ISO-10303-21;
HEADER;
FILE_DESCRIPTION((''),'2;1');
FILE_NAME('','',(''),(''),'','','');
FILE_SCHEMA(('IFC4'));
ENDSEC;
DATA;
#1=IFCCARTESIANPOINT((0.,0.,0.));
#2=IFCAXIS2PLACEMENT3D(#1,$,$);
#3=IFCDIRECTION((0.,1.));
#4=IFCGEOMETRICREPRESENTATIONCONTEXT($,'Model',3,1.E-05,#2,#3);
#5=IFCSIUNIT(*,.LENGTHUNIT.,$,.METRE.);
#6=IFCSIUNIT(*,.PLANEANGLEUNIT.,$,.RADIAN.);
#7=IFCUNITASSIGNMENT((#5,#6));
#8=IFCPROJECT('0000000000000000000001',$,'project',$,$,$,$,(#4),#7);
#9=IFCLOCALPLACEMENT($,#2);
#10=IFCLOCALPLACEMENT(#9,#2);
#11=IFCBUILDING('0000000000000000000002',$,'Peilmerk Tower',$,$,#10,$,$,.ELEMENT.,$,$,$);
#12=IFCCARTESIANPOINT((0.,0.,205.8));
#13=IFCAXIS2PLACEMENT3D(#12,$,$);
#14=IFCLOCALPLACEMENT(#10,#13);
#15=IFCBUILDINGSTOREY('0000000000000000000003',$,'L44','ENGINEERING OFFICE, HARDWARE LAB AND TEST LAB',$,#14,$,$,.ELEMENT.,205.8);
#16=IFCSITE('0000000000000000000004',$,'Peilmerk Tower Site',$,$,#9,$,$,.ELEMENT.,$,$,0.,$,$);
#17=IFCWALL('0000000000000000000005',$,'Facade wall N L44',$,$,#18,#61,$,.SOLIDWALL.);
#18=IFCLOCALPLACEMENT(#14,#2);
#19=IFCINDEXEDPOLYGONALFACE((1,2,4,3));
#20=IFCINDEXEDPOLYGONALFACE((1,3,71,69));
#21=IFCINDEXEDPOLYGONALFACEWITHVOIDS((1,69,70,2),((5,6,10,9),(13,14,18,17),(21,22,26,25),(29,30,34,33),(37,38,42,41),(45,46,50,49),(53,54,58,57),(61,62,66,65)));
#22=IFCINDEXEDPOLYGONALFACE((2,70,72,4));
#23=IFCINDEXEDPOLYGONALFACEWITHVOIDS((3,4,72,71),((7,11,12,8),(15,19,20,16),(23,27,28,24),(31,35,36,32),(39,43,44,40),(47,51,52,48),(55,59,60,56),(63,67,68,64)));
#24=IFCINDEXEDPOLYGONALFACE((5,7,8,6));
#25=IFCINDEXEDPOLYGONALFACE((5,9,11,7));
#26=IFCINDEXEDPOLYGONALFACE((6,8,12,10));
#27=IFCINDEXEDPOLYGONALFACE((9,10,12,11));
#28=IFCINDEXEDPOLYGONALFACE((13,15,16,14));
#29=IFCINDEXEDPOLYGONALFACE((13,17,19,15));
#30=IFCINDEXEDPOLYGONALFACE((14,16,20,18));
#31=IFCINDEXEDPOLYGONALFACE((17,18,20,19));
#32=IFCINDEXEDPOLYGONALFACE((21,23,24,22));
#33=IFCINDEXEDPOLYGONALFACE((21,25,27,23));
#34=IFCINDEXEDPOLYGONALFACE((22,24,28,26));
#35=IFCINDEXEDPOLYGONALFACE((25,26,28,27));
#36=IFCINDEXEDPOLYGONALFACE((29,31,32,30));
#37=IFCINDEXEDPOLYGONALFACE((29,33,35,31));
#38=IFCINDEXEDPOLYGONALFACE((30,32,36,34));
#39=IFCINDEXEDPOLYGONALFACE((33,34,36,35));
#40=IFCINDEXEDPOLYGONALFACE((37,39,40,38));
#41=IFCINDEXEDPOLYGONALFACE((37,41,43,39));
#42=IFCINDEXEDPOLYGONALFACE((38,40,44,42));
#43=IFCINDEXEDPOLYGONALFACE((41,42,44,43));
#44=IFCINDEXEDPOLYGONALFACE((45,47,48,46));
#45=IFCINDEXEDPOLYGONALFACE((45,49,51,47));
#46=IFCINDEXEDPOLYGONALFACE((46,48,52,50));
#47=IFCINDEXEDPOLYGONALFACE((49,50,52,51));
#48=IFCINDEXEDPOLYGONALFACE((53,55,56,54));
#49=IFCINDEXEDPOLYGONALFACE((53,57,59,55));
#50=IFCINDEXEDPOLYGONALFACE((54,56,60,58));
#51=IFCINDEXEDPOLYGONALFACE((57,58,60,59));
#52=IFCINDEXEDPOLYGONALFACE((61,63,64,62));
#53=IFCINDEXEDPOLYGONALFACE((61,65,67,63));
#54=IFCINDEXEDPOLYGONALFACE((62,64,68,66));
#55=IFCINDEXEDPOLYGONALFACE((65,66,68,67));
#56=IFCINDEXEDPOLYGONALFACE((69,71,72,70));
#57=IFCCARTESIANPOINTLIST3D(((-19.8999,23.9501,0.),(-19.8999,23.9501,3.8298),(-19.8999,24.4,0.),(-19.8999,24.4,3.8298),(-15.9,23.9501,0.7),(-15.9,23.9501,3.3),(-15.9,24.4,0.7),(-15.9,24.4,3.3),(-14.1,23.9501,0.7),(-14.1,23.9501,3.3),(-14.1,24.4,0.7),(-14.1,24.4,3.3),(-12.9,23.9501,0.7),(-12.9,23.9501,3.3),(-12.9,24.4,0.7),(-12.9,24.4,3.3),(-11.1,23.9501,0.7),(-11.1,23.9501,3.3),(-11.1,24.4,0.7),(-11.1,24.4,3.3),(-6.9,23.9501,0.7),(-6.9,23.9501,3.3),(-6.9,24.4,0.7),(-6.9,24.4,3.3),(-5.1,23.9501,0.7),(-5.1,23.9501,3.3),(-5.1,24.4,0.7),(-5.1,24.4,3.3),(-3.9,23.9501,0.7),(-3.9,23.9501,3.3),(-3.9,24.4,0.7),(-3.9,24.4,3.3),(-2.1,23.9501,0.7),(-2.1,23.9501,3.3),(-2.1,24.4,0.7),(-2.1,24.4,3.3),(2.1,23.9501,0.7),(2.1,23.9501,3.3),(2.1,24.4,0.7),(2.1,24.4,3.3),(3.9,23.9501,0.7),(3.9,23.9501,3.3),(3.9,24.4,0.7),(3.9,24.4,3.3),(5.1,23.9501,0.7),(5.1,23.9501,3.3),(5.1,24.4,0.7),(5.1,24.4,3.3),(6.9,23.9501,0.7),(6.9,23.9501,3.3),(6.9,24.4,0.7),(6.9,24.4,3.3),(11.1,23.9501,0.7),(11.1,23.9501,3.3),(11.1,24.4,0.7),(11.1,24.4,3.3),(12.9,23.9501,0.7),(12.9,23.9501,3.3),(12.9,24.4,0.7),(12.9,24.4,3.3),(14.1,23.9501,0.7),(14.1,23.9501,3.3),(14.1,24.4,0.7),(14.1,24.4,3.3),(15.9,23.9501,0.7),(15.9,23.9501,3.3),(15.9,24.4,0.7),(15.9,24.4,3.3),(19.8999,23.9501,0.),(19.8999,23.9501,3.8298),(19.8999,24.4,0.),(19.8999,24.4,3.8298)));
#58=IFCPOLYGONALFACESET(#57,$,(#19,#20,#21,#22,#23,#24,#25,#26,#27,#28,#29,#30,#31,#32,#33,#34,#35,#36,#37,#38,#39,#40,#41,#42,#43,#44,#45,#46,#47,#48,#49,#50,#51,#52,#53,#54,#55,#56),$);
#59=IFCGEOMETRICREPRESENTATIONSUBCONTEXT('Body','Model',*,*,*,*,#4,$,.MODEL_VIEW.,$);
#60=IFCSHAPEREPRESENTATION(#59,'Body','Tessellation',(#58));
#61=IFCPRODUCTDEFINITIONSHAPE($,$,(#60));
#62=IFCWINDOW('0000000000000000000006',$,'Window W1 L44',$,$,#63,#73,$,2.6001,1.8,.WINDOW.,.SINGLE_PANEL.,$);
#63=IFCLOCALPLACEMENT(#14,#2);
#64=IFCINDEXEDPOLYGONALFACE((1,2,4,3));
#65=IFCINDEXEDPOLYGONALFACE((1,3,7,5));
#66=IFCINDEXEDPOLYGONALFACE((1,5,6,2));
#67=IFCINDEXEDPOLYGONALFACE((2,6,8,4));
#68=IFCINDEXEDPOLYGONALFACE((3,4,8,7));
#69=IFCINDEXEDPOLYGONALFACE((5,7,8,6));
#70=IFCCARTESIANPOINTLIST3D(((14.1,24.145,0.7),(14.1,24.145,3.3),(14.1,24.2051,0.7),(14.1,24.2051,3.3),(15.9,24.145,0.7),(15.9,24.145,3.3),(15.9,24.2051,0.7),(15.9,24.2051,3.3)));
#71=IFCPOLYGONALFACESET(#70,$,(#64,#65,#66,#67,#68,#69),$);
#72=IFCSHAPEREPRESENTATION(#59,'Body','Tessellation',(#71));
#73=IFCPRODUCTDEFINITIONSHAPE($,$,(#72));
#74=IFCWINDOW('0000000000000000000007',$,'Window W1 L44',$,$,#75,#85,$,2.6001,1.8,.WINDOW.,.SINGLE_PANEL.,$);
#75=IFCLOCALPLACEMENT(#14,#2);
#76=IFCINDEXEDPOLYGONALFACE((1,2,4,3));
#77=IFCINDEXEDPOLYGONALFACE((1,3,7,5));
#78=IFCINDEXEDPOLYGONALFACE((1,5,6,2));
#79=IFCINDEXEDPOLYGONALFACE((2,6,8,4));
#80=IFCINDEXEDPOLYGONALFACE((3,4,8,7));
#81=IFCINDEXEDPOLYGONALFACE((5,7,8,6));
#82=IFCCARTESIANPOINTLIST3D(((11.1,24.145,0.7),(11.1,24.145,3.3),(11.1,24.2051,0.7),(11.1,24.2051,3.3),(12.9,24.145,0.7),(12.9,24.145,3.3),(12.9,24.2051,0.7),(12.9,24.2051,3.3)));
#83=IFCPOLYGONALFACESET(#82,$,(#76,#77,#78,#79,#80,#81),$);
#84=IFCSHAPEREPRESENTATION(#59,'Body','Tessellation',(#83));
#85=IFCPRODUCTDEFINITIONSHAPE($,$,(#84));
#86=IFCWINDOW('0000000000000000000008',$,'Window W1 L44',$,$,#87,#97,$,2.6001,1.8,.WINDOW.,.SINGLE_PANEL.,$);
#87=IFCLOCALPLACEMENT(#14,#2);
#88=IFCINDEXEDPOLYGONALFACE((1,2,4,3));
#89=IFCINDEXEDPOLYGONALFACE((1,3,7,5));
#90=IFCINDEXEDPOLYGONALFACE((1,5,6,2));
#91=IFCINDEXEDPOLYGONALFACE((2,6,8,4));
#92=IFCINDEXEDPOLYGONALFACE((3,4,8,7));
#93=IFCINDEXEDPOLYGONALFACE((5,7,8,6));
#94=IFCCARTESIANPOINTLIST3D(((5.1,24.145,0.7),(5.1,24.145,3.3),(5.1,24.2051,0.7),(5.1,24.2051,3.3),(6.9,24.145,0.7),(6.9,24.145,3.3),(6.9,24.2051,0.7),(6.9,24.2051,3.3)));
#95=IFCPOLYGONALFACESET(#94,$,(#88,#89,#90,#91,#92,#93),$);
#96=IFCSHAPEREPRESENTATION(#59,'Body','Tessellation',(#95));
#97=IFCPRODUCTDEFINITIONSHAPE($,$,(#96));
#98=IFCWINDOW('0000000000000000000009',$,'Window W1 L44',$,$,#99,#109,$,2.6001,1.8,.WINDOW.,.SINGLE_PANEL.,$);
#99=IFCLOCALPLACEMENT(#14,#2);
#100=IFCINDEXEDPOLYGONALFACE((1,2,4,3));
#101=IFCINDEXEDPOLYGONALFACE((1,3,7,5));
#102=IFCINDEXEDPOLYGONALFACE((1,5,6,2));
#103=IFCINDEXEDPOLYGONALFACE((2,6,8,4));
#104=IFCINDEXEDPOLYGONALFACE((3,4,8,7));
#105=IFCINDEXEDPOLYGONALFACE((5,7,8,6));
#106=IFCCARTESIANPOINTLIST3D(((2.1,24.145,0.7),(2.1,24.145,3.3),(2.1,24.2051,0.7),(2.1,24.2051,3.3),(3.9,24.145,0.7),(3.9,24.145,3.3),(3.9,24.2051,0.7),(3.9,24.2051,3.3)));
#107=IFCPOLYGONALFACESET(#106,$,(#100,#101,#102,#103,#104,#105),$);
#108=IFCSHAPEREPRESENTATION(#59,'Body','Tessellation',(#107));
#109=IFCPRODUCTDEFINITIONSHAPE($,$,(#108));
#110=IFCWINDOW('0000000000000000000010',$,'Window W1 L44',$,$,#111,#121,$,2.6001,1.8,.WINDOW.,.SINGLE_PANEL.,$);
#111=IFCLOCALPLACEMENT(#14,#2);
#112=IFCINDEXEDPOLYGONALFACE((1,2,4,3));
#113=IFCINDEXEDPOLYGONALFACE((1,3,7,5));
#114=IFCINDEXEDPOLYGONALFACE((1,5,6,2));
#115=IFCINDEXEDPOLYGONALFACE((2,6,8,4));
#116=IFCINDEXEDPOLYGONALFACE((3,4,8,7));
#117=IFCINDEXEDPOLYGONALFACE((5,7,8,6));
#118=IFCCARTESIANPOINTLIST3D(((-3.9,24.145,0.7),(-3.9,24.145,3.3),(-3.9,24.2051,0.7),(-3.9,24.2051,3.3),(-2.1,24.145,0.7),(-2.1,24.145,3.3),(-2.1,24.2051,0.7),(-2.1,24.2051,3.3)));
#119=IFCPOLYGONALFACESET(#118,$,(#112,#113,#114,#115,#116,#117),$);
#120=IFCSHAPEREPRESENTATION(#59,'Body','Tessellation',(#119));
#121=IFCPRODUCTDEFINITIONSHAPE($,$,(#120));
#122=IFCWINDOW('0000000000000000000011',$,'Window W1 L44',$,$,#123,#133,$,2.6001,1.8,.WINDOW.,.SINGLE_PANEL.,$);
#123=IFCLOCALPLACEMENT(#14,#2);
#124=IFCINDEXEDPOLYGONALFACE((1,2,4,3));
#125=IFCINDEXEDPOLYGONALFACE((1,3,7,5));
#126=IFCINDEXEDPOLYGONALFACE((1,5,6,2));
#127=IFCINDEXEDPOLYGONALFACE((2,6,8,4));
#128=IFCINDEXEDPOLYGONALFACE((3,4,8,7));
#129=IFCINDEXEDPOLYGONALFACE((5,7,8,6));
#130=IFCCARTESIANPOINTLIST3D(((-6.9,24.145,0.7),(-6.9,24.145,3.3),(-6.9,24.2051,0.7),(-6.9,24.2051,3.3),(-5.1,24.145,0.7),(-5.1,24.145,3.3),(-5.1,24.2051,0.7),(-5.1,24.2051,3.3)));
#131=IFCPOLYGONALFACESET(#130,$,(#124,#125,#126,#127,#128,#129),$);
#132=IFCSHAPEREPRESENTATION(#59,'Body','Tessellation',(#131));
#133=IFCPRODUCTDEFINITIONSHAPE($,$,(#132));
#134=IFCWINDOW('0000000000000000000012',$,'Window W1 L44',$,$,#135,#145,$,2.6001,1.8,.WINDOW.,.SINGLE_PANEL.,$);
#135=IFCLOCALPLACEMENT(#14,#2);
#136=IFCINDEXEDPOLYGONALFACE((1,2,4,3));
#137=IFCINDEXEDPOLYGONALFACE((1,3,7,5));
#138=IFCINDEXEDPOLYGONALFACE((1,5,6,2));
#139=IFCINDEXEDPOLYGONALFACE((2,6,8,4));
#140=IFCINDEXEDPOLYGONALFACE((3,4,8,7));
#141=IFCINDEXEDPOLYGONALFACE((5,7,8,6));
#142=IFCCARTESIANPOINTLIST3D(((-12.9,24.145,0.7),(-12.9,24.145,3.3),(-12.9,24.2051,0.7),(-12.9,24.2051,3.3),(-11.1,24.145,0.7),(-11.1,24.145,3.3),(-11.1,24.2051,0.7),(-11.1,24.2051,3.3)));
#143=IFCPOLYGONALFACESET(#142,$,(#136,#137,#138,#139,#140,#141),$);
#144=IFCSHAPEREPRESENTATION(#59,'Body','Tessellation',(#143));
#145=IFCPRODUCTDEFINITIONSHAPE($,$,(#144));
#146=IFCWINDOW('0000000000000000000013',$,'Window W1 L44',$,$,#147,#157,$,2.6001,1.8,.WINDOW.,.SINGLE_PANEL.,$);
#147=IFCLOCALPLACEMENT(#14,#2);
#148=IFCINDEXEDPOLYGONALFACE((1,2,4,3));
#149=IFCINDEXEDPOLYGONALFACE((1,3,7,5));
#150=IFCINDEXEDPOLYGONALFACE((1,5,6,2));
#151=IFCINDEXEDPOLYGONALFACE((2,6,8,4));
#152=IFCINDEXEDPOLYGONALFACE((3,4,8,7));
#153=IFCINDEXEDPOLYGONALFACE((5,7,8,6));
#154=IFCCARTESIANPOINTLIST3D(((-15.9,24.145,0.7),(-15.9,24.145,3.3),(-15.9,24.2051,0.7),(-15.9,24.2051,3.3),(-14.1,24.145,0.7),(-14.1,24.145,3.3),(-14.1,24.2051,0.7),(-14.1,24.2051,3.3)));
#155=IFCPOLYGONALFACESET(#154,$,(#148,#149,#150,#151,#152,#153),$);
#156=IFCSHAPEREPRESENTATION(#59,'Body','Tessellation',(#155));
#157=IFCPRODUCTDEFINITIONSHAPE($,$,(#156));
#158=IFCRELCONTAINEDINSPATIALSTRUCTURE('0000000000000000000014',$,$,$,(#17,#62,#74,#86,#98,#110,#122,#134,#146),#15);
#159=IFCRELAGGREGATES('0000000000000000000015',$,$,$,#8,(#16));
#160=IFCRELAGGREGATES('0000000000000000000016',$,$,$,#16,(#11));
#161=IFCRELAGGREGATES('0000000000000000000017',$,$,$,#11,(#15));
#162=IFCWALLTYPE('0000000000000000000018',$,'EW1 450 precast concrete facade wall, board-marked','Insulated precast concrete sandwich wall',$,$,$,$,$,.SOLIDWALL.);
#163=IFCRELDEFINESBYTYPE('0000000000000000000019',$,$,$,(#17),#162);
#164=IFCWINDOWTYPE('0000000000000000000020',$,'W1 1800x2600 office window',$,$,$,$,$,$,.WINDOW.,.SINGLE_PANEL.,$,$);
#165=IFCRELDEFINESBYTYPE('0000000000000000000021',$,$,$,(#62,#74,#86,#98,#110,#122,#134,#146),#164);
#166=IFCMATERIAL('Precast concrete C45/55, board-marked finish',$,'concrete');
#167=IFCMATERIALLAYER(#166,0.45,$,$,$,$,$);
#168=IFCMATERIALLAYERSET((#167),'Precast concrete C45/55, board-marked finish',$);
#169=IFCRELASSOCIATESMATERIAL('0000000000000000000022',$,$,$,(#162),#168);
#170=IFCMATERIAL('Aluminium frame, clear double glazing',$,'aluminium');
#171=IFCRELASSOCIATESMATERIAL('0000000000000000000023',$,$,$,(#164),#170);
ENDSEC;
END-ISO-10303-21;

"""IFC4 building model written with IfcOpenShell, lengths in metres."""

from ifc_helpers import new_model, si_unit, direction, frame, frame_2d, origin, place, context, subcontext, project, spatial, rectangle, extrude, material, layer, layer_set, type_object, element, fill, save


model = new_model("IFC4")

# Units and contexts
model_context = context("Model", 3, precision=1e-05, world=origin(), true_north=direction((0.0, 1.0)))
body_context = subcontext(model_context, "Body", "Model", "MODEL_VIEW")
ifc_project = project(units=[si_unit("LENGTHUNIT", "METRE"), si_unit("PLANEANGLEUNIT", "RADIAN")], contexts=[model_context])

# Site, building, storey
site_placement = place(None, origin())
site = spatial("IfcSite", under=ifc_project, at=site_placement, Name="Peilmerk Tower Site", CompositionType="ELEMENT", RefElevation=0.0)
building_placement = place(site_placement, origin())
building = spatial("IfcBuilding", under=site, at=building_placement, Name="Peilmerk Tower", CompositionType="ELEMENT")
storey_placement = place(building_placement, frame((0.0, 0.0, 205.8)))
storey = spatial("IfcBuildingStorey", under=building, at=storey_placement, Name="L44", Description="ENGINEERING OFFICE, HARDWARE LAB AND TEST LAB", CompositionType="ELEMENT", Elevation=205.8)

# Wall, openings, windows
ifc_material_1 = material(Name="Precast concrete C45/55, board-marked finish", Category="concrete")
ifc_layer_1 = layer(ifc_material_1, 0.45)
ifc_layer_set_1 = layer_set([ifc_layer_1], Name="Precast concrete C45/55, board-marked finish")
wall_type = type_object("IfcWallType", Name="EW1 450 precast concrete facade wall, board-marked", Description="Insulated precast concrete sandwich wall", PredefinedType="SOLIDWALL", material=ifc_layer_set_1)
wall_placement = place(storey_placement, frame((19.8999, 24.175, 0.0), z_axis=(0.0, 0.0, 1.0), x_axis=(-1.0, 0.0, 0.0)))
wall = element("IfcWall", 1, at=wall_placement, inside=storey, type_object=wall_type, Name="Facade wall N L44", PredefinedType="SOLIDWALL", context=body_context, shape_type="SweptSolid", body=[
    extrude(rectangle(XDim=39.7998, YDim=0.45, at=frame_2d((19.8999, 0.0))), origin(), (0.0, 0.0, 1.0), 3.8298),
])
opening_1_placement = place(wall_placement, frame((4.0, 0.0, 0.7)))
opening_1 = element("IfcOpeningElement", 2, at=opening_1_placement, cuts=wall, PredefinedType="OPENING", context=body_context, shape_type="SweptSolid", body=[
    extrude(rectangle(XDim=1.8, YDim=2.6001, at=frame_2d((0.8999, 1.3))), frame((0.0, 0.2349, 0.0), z_axis=(0.0, -1.0, 0.0), x_axis=(1.0, 0.0, 0.0)), (0.0, 0.0, 1.0), 0.47),
])
opening_2_placement = place(wall_placement, frame((7.0, 0.0, 0.7)))
opening_2 = element("IfcOpeningElement", 3, at=opening_2_placement, cuts=wall, PredefinedType="OPENING", context=body_context, shape_type="SweptSolid", body=[
    extrude(rectangle(XDim=1.8, YDim=2.6001, at=frame_2d((0.8999, 1.3))), frame((0.0, 0.2349, 0.0), z_axis=(0.0, -1.0, 0.0), x_axis=(1.0, 0.0, 0.0)), (0.0, 0.0, 1.0), 0.47),
])
opening_3_placement = place(wall_placement, frame((13.0, 0.0, 0.7)))
opening_3 = element("IfcOpeningElement", 4, at=opening_3_placement, cuts=wall, PredefinedType="OPENING", context=body_context, shape_type="SweptSolid", body=[
    extrude(rectangle(XDim=1.8, YDim=2.6001, at=frame_2d((0.8999, 1.3))), frame((0.0, 0.2349, 0.0), z_axis=(0.0, -1.0, 0.0), x_axis=(1.0, 0.0, 0.0)), (0.0, 0.0, 1.0), 0.47),
])
opening_4_placement = place(wall_placement, frame((16.0, 0.0, 0.7)))
opening_4 = element("IfcOpeningElement", 5, at=opening_4_placement, cuts=wall, PredefinedType="OPENING", context=body_context, shape_type="SweptSolid", body=[
    extrude(rectangle(XDim=1.8, YDim=2.6001, at=frame_2d((0.8999, 1.3))), frame((0.0, 0.2349, 0.0), z_axis=(0.0, -1.0, 0.0), x_axis=(1.0, 0.0, 0.0)), (0.0, 0.0, 1.0), 0.47),
])
opening_5_placement = place(wall_placement, frame((22.0, 0.0, 0.7)))
opening_5 = element("IfcOpeningElement", 6, at=opening_5_placement, cuts=wall, PredefinedType="OPENING", context=body_context, shape_type="SweptSolid", body=[
    extrude(rectangle(XDim=1.8, YDim=2.6001, at=frame_2d((0.8999, 1.3))), frame((0.0, 0.2349, 0.0), z_axis=(0.0, -1.0, 0.0), x_axis=(1.0, 0.0, 0.0)), (0.0, 0.0, 1.0), 0.47),
])
opening_6_placement = place(wall_placement, frame((25.0, 0.0, 0.7)))
opening_6 = element("IfcOpeningElement", 7, at=opening_6_placement, cuts=wall, PredefinedType="OPENING", context=body_context, shape_type="SweptSolid", body=[
    extrude(rectangle(XDim=1.8, YDim=2.6001, at=frame_2d((0.8999, 1.3))), frame((0.0, 0.2349, 0.0), z_axis=(0.0, -1.0, 0.0), x_axis=(1.0, 0.0, 0.0)), (0.0, 0.0, 1.0), 0.47),
])
opening_7_placement = place(wall_placement, frame((31.0, 0.0, 0.7)))
opening_7 = element("IfcOpeningElement", 8, at=opening_7_placement, cuts=wall, PredefinedType="OPENING", context=body_context, shape_type="SweptSolid", body=[
    extrude(rectangle(XDim=1.8, YDim=2.6001, at=frame_2d((0.8999, 1.3))), frame((0.0, 0.2349, 0.0), z_axis=(0.0, -1.0, 0.0), x_axis=(1.0, 0.0, 0.0)), (0.0, 0.0, 1.0), 0.47),
])
opening_8_placement = place(wall_placement, frame((34.0, 0.0, 0.7)))
opening_8 = element("IfcOpeningElement", 9, at=opening_8_placement, cuts=wall, PredefinedType="OPENING", context=body_context, shape_type="SweptSolid", body=[
    extrude(rectangle(XDim=1.8, YDim=2.6001, at=frame_2d((0.8999, 1.3))), frame((0.0, 0.2349, 0.0), z_axis=(0.0, -1.0, 0.0), x_axis=(1.0, 0.0, 0.0)), (0.0, 0.0, 1.0), 0.47),
])
ifc_material_2 = material(Name="Aluminium frame, clear double glazing", Category="aluminium")
window_type = type_object("IfcWindowType", Name="W1 1800x2600 office window", PartitioningType="SINGLE_PANEL", PredefinedType="WINDOW", material=ifc_material_2)
window_1_placement = place(opening_1_placement, origin())
window_1 = element("IfcWindow", 10, at=window_1_placement, inside=storey, type_object=window_type, Name="Window W1 L44", OverallHeight=2.6001, OverallWidth=1.8, PartitioningType="SINGLE_PANEL", PredefinedType="WINDOW", context=body_context, shape_type="SweptSolid", body=[
    extrude(rectangle(XDim=1.8, YDim=2.6001, at=frame_2d((0.8999, 1.3))), frame((0.0, 0.03, 0.0), z_axis=(0.0, -1.0, 0.0), x_axis=(1.0, 0.0, 0.0)), (0.0, 0.0, 1.0), 0.0601),
])
fill(opening_1, window_1)
window_2_placement = place(opening_2_placement, origin())
window_2 = element("IfcWindow", 11, at=window_2_placement, inside=storey, type_object=window_type, Name="Window W1 L44", OverallHeight=2.6001, OverallWidth=1.8, PartitioningType="SINGLE_PANEL", PredefinedType="WINDOW", context=body_context, shape_type="SweptSolid", body=[
    extrude(rectangle(XDim=1.8, YDim=2.6001, at=frame_2d((0.8999, 1.3))), frame((0.0, 0.03, 0.0), z_axis=(0.0, -1.0, 0.0), x_axis=(1.0, 0.0, 0.0)), (0.0, 0.0, 1.0), 0.0601),
])
fill(opening_2, window_2)
window_3_placement = place(opening_3_placement, origin())
window_3 = element("IfcWindow", 12, at=window_3_placement, inside=storey, type_object=window_type, Name="Window W1 L44", OverallHeight=2.6001, OverallWidth=1.8, PartitioningType="SINGLE_PANEL", PredefinedType="WINDOW", context=body_context, shape_type="SweptSolid", body=[
    extrude(rectangle(XDim=1.8, YDim=2.6001, at=frame_2d((0.8999, 1.3))), frame((0.0, 0.03, 0.0), z_axis=(0.0, -1.0, 0.0), x_axis=(1.0, 0.0, 0.0)), (0.0, 0.0, 1.0), 0.0601),
])
fill(opening_3, window_3)
window_4_placement = place(opening_4_placement, origin())
window_4 = element("IfcWindow", 13, at=window_4_placement, inside=storey, type_object=window_type, Name="Window W1 L44", OverallHeight=2.6001, OverallWidth=1.8, PartitioningType="SINGLE_PANEL", PredefinedType="WINDOW", context=body_context, shape_type="SweptSolid", body=[
    extrude(rectangle(XDim=1.8, YDim=2.6001, at=frame_2d((0.8999, 1.3))), frame((0.0, 0.03, 0.0), z_axis=(0.0, -1.0, 0.0), x_axis=(1.0, 0.0, 0.0)), (0.0, 0.0, 1.0), 0.0601),
])
fill(opening_4, window_4)
window_5_placement = place(opening_5_placement, origin())
window_5 = element("IfcWindow", 14, at=window_5_placement, inside=storey, type_object=window_type, Name="Window W1 L44", OverallHeight=2.6001, OverallWidth=1.8, PartitioningType="SINGLE_PANEL", PredefinedType="WINDOW", context=body_context, shape_type="SweptSolid", body=[
    extrude(rectangle(XDim=1.8, YDim=2.6001, at=frame_2d((0.8999, 1.3))), frame((0.0, 0.03, 0.0), z_axis=(0.0, -1.0, 0.0), x_axis=(1.0, 0.0, 0.0)), (0.0, 0.0, 1.0), 0.0601),
])
fill(opening_5, window_5)
window_6_placement = place(opening_6_placement, origin())
window_6 = element("IfcWindow", 15, at=window_6_placement, inside=storey, type_object=window_type, Name="Window W1 L44", OverallHeight=2.6001, OverallWidth=1.8, PartitioningType="SINGLE_PANEL", PredefinedType="WINDOW", context=body_context, shape_type="SweptSolid", body=[
    extrude(rectangle(XDim=1.8, YDim=2.6001, at=frame_2d((0.8999, 1.3))), frame((0.0, 0.03, 0.0), z_axis=(0.0, -1.0, 0.0), x_axis=(1.0, 0.0, 0.0)), (0.0, 0.0, 1.0), 0.0601),
])
fill(opening_6, window_6)
window_7_placement = place(opening_7_placement, origin())
window_7 = element("IfcWindow", 16, at=window_7_placement, inside=storey, type_object=window_type, Name="Window W1 L44", OverallHeight=2.6001, OverallWidth=1.8, PartitioningType="SINGLE_PANEL", PredefinedType="WINDOW", context=body_context, shape_type="SweptSolid", body=[
    extrude(rectangle(XDim=1.8, YDim=2.6001, at=frame_2d((0.8999, 1.3))), frame((0.0, 0.03, 0.0), z_axis=(0.0, -1.0, 0.0), x_axis=(1.0, 0.0, 0.0)), (0.0, 0.0, 1.0), 0.0601),
])
fill(opening_7, window_7)
window_8_placement = place(opening_8_placement, origin())
window_8 = element("IfcWindow", 17, at=window_8_placement, inside=storey, type_object=window_type, Name="Window W1 L44", OverallHeight=2.6001, OverallWidth=1.8, PartitioningType="SINGLE_PANEL", PredefinedType="WINDOW", context=body_context, shape_type="SweptSolid", body=[
    extrude(rectangle(XDim=1.8, YDim=2.6001, at=frame_2d((0.8999, 1.3))), frame((0.0, 0.03, 0.0), z_axis=(0.0, -1.0, 0.0), x_axis=(1.0, 0.0, 0.0)), (0.0, 0.0, 1.0), 0.0601),
])
fill(opening_8, window_8)

save(model, "model.ifc")
